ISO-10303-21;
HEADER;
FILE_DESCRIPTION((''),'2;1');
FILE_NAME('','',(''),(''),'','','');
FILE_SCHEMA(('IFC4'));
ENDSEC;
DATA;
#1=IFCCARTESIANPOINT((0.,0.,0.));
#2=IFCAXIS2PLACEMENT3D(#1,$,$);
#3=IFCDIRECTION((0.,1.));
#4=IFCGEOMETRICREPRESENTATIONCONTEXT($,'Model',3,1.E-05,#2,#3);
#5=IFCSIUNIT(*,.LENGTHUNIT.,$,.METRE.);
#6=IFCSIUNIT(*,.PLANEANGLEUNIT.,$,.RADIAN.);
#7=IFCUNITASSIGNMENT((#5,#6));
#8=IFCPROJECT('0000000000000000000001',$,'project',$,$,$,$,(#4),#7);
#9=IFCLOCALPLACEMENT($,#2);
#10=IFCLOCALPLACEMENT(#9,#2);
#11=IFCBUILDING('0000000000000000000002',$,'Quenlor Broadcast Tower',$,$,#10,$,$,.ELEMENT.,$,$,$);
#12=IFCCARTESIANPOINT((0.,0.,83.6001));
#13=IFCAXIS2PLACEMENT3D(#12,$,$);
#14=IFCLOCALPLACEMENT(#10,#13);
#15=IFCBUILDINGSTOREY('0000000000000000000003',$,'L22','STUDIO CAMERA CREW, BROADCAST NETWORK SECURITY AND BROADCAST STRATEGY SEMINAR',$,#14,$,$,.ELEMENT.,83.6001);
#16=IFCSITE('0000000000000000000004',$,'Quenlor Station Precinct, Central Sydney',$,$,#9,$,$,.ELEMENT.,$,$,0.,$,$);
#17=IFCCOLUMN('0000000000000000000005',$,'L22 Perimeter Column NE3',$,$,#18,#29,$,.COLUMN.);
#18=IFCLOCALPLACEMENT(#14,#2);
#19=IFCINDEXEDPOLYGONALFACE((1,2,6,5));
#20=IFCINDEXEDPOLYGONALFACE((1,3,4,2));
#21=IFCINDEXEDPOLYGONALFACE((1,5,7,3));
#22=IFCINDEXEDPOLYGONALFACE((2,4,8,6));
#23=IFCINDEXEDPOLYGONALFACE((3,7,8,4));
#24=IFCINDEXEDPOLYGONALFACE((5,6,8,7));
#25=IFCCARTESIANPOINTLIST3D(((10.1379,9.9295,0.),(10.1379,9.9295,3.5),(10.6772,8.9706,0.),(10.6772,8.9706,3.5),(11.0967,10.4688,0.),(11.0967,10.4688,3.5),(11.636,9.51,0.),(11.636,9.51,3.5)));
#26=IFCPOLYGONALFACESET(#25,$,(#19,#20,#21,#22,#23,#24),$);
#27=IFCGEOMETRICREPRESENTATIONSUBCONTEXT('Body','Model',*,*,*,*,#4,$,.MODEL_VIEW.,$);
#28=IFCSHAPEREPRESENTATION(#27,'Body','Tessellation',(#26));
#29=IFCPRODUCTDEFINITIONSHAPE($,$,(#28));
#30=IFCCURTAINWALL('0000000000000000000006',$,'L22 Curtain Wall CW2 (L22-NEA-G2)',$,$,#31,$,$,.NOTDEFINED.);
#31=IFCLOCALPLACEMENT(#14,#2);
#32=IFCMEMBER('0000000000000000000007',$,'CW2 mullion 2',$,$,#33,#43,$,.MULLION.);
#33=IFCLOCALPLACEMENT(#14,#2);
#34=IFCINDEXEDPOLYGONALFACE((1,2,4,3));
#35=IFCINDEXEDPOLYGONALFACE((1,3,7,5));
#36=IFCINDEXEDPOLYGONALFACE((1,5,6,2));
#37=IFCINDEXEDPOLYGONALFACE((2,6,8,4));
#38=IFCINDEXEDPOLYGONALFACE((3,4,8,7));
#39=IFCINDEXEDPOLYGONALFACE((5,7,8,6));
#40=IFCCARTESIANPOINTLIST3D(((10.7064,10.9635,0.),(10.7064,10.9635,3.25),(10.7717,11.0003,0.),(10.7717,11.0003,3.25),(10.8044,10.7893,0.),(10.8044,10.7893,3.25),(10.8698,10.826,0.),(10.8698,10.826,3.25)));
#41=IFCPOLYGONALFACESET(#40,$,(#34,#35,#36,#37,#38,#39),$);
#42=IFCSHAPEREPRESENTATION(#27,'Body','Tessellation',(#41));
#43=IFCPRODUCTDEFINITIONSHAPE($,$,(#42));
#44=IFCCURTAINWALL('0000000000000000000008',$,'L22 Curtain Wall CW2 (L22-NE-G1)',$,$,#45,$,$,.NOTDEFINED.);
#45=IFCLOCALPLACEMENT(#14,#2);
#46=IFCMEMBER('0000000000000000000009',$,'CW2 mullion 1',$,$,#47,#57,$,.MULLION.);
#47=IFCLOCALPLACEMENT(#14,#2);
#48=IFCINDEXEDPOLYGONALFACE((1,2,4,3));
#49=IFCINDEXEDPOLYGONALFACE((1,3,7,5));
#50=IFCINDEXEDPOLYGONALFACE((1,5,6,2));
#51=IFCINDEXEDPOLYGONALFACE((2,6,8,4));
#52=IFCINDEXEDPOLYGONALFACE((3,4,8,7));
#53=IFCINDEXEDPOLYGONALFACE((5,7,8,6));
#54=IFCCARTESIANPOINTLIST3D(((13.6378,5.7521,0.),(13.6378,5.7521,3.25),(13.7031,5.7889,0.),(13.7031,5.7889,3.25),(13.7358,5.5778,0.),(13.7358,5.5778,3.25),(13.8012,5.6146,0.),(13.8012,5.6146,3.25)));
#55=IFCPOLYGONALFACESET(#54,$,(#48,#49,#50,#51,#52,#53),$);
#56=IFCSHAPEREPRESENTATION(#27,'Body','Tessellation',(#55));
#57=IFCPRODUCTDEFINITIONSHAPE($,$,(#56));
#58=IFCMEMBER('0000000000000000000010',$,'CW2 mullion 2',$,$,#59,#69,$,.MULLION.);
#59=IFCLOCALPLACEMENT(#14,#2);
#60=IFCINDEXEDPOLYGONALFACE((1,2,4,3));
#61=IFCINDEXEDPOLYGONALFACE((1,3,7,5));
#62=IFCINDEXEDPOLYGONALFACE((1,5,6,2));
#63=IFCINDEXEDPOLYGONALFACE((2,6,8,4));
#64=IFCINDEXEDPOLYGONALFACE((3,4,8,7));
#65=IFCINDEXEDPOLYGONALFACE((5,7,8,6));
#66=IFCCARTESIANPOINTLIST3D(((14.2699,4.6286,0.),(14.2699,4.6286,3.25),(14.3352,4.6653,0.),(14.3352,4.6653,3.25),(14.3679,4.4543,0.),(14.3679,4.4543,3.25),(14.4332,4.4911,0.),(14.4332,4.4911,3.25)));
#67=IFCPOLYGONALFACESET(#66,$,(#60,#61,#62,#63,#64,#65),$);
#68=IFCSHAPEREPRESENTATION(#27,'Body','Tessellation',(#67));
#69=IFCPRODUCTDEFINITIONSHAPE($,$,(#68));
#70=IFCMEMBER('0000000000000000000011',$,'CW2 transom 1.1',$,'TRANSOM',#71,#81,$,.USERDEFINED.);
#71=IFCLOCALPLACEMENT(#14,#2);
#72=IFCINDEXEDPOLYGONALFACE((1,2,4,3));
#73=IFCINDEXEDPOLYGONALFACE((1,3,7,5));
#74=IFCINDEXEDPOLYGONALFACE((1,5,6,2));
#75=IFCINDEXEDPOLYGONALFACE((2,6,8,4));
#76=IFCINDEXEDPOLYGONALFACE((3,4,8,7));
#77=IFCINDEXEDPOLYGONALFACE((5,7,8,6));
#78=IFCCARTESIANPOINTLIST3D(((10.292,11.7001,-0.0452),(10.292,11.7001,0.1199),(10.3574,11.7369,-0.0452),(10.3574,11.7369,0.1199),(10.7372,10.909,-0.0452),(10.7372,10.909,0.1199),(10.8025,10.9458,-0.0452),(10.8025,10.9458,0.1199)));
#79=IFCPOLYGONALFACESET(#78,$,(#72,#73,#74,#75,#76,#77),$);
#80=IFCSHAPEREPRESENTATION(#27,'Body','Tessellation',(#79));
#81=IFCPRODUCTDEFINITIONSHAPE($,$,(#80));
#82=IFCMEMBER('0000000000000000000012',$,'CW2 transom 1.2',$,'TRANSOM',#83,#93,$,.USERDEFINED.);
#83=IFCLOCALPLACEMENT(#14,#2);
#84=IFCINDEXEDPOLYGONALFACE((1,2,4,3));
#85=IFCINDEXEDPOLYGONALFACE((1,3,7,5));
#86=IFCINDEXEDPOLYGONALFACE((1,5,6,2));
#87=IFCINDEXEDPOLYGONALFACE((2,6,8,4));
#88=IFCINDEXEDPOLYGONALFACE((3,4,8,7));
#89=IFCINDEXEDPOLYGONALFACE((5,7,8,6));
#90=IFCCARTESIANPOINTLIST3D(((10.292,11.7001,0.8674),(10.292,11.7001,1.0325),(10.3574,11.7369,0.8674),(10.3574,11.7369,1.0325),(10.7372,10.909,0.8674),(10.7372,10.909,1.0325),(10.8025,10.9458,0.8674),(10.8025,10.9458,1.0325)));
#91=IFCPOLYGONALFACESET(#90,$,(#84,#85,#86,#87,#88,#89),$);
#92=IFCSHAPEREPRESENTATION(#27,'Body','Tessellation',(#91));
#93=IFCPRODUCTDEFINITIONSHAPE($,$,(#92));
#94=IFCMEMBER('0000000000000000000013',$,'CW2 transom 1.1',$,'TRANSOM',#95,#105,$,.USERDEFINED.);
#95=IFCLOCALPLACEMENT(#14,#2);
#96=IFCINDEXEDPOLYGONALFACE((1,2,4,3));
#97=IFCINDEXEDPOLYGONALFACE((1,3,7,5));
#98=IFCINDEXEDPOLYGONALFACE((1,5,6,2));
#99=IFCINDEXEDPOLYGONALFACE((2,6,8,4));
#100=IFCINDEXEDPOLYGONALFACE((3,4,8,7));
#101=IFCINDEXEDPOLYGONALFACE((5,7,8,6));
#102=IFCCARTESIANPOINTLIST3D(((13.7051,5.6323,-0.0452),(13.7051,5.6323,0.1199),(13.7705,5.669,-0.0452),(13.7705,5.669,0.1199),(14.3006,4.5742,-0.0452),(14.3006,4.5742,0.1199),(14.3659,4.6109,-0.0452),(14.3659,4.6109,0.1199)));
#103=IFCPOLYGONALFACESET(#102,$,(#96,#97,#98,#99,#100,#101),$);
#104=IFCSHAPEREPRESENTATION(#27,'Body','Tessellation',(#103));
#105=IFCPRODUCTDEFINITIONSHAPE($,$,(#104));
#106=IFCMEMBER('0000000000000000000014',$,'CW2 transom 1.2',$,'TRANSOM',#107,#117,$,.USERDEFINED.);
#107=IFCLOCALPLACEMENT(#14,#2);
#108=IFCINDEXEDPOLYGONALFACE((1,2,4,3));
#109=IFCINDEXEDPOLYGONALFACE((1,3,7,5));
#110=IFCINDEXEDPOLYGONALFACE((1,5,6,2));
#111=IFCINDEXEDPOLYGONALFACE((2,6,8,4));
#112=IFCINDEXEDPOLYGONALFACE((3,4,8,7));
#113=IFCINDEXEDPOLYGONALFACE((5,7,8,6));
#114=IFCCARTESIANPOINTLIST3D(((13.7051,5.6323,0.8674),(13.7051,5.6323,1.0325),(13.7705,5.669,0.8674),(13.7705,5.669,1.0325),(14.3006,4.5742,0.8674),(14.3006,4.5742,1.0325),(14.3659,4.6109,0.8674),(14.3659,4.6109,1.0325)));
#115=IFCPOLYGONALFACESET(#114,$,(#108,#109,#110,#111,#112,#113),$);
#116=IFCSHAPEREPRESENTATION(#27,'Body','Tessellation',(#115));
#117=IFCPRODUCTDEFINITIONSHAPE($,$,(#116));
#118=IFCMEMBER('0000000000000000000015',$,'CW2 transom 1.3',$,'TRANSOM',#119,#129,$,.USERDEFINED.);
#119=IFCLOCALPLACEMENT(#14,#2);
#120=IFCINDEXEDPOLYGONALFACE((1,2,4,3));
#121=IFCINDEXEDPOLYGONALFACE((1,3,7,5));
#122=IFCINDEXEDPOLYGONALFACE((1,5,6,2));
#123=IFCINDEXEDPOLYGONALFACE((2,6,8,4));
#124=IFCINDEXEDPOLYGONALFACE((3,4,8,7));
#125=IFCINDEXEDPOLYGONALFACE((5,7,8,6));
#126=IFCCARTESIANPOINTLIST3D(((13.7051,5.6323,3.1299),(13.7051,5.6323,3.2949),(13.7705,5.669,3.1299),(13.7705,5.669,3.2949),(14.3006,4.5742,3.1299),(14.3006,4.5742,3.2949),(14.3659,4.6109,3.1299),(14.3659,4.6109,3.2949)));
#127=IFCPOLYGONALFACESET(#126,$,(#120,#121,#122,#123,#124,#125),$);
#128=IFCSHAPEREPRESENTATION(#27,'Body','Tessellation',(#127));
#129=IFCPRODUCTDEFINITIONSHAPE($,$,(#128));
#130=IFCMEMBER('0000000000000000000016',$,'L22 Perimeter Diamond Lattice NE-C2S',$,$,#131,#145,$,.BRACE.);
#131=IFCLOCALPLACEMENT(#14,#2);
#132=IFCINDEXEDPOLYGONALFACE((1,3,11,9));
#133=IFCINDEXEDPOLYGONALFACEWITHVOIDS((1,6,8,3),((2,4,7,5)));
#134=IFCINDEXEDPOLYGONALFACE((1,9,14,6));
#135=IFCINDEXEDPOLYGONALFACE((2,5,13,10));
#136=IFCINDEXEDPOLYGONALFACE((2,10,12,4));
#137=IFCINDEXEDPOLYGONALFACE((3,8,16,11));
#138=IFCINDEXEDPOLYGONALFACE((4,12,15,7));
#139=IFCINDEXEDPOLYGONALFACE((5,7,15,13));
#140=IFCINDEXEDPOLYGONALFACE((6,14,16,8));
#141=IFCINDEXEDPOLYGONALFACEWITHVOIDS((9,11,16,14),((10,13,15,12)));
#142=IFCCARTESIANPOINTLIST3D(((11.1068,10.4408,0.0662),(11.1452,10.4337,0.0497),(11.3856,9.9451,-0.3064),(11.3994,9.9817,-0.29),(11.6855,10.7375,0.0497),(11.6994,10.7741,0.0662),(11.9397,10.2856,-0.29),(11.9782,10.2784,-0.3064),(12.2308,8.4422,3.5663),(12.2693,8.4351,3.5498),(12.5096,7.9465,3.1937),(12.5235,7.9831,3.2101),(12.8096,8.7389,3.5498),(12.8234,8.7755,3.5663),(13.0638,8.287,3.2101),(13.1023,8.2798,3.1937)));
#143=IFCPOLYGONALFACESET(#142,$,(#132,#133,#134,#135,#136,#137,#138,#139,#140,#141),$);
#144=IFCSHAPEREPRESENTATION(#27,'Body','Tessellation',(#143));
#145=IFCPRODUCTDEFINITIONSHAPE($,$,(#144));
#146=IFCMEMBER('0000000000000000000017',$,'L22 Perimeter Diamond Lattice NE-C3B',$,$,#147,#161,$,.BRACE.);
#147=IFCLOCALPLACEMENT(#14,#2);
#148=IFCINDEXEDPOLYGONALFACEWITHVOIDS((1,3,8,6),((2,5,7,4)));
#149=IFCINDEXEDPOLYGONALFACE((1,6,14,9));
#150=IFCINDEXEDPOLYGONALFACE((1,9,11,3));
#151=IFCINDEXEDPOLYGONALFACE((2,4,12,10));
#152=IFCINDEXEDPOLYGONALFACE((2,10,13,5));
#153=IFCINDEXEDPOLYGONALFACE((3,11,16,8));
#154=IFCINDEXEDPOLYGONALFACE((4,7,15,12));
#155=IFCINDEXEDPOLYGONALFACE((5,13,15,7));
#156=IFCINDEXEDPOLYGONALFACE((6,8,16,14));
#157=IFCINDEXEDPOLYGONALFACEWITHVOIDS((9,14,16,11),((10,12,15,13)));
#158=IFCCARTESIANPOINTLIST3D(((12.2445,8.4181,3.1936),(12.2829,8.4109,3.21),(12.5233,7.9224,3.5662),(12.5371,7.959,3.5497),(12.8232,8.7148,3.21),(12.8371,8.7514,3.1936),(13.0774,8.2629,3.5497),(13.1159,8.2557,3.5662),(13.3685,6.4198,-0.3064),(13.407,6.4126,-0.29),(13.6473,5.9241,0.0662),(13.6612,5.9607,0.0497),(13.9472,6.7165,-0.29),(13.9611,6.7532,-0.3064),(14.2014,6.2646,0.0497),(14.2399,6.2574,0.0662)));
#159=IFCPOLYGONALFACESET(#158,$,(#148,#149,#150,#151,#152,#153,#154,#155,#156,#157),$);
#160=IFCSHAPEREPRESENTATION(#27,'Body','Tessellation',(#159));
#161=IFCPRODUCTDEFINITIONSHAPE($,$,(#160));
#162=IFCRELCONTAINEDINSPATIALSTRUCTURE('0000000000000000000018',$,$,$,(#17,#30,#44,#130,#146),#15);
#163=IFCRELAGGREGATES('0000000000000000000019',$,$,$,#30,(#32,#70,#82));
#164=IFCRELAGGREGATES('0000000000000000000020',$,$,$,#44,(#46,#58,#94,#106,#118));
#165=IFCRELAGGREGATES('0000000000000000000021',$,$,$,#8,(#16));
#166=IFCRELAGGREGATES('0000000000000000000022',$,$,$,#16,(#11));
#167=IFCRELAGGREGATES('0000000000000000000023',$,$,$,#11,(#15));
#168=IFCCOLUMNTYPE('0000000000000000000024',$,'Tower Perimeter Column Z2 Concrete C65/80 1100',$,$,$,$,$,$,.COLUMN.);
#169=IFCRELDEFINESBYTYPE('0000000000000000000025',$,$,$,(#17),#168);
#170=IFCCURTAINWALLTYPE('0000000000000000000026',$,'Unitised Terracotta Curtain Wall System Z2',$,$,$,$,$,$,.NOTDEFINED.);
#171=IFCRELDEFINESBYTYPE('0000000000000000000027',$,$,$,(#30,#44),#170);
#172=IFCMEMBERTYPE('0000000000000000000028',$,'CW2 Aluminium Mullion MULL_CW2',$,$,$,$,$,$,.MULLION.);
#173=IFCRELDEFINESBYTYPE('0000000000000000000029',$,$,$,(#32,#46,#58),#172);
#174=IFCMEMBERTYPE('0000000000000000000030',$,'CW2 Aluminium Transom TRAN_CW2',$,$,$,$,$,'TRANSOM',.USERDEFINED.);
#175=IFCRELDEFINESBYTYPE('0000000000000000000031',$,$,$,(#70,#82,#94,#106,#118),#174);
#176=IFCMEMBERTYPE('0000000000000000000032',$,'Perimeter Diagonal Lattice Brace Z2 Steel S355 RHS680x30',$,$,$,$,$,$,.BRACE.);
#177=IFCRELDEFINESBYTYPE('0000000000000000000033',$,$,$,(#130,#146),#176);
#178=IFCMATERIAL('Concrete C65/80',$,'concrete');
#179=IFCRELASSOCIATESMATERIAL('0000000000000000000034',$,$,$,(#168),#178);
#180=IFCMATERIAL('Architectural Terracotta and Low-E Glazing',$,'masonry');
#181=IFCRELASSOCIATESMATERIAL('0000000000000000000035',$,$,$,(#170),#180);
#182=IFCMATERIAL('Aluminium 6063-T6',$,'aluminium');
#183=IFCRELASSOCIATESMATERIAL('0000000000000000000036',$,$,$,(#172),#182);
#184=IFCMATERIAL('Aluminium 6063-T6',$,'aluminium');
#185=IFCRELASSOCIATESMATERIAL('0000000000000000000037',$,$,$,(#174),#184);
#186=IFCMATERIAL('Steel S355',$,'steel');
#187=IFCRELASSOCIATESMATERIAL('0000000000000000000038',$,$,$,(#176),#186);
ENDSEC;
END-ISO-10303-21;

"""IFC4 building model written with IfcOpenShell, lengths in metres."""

from ifc_helpers import new_model, si_unit, direction, frame, origin, origin_2d, place, context, subcontext, project, spatial, rectangle, hollow_rectangle, extrude, material, material_profile, profile_set, type_object, element, aggregate, save


model = new_model("IFC4")

# Units and contexts
model_context = context("Model", 3, precision=1e-05, world=origin(), true_north=direction((0.0, 1.0)))
body_context = subcontext(model_context, "Body", "Model", "MODEL_VIEW")
ifc_project = project(units=[si_unit("LENGTHUNIT", "METRE"), si_unit("PLANEANGLEUNIT", "RADIAN")], contexts=[model_context])

# Site, building, storey
site_placement = place(None, origin())
site = spatial("IfcSite", under=ifc_project, at=site_placement, Name="Quenlor Station Precinct, Central Sydney", CompositionType="ELEMENT", RefElevation=0.0)
building_placement = place(site_placement, origin())
building = spatial("IfcBuilding", under=site, at=building_placement, Name="Quenlor Broadcast Tower", CompositionType="ELEMENT")
storey_placement = place(building_placement, frame((0.0, 0.0, 83.6001)))
storey = spatial("IfcBuildingStorey", under=building, at=storey_placement, Name="L22", Description="STUDIO CAMERA CREW, BROADCAST NETWORK SECURITY AND BROADCAST STRATEGY SEMINAR", CompositionType="ELEMENT", Elevation=83.6001)

# Column
ifc_material_1 = material(Name="Concrete C65/80", Category="concrete")
ifc_material_profile_1 = material_profile(ifc_material_1, rectangle(XDim=1.1001, YDim=1.1001, at=origin_2d()))
ifc_profile_set_1 = profile_set([ifc_material_profile_1], Name="Concrete C65/80 RC1100x1100")
column_type = type_object("IfcColumnType", Name="Tower Perimeter Column Z2 Concrete C65/80 1100", PredefinedType="COLUMN", material=ifc_profile_set_1)
column_placement = place(storey_placement, frame((10.887, 9.7197, 0.0), z_axis=(0.0, 0.0, 1.0), x_axis=(0.871575, 0.490262, 0.0)))
element("IfcColumn", 1, at=column_placement, inside=storey, type_object=column_type, Name="L22 Perimeter Column NE3", PredefinedType="COLUMN", context=body_context, shape_type="SweptSolid", body=[
    extrude(rectangle(XDim=1.1001, YDim=1.1001, at=origin_2d()), origin(), (0.0, 0.0, 1.0), 3.5),
])

# Curtain wall, member
ifc_material_2 = material(Name="Architectural Terracotta and Low-E Glazing", Category="masonry")
curtain_wall_type = type_object("IfcCurtainWallType", Name="Unitised Terracotta Curtain Wall System Z2", PredefinedType="NOTDEFINED", material=ifc_material_2)
curtain_wall_1_placement = place(storey_placement, origin())
curtain_wall_1 = element("IfcCurtainWall", 2, at=curtain_wall_1_placement, inside=storey, type_object=curtain_wall_type, Name="L22 Curtain Wall CW2 (L22-NEA-G2)", PredefinedType="NOTDEFINED")
ifc_material_3 = material(Name="Aluminium 6063-T6", Category="aluminium")
ifc_material_profile_2 = material_profile(ifc_material_3, rectangle(XDim=0.075, YDim=0.2, at=origin_2d()))
ifc_profile_set_2 = profile_set([ifc_material_profile_2], Name="Aluminium 6063-T6 MULL75x200")
member_type_1 = type_object("IfcMemberType", Name="CW2 Aluminium Mullion MULL_CW2", PredefinedType="MULLION", material=ifc_profile_set_2)
member_1_placement = place(storey_placement, frame((10.7881, 10.8948, 0.0), z_axis=(0.0, 0.0, 1.0), x_axis=(0.871581, 0.490252, 0.0)))
member_1 = element("IfcMember", 3, at=member_1_placement, type_object=member_type_1, Name="CW2 mullion 2", PredefinedType="MULLION", context=body_context, shape_type="SweptSolid", body=[
    extrude(rectangle(XDim=0.075, YDim=0.2, at=origin_2d()), origin(), (0.0, 0.0, 1.0), 3.25),
])

# Curtain wall, members
curtain_wall_2_placement = place(storey_placement, origin())
curtain_wall_2 = element("IfcCurtainWall", 4, at=curtain_wall_2_placement, inside=storey, type_object=curtain_wall_type, Name="L22 Curtain Wall CW2 (L22-NE-G1)", PredefinedType="NOTDEFINED")
member_2_placement = place(storey_placement, frame((13.7195, 5.6833, 0.0), z_axis=(0.0, 0.0, 1.0), x_axis=(0.871579, 0.490254, 0.0)))
member_2 = element("IfcMember", 5, at=member_2_placement, type_object=member_type_1, Name="CW2 mullion 1", PredefinedType="MULLION", context=body_context, shape_type="SweptSolid", body=[
    extrude(rectangle(XDim=0.075, YDim=0.2, at=origin_2d()), origin(), (0.0, 0.0, 1.0), 3.25),
])
member_3_placement = place(storey_placement, frame((14.3516, 4.5598, 0.0), z_axis=(0.0, 0.0, 1.0), x_axis=(0.871579, 0.490254, 0.0)))
member_3 = element("IfcMember", 6, at=member_3_placement, type_object=member_type_1, Name="CW2 mullion 2", PredefinedType="MULLION", context=body_context, shape_type="SweptSolid", body=[
    extrude(rectangle(XDim=0.075, YDim=0.2, at=origin_2d()), origin(), (0.0, 0.0, 1.0), 3.25),
])

# Members
ifc_material_4 = material(Name="Aluminium 6063-T6", Category="aluminium")
ifc_material_profile_3 = material_profile(ifc_material_4, rectangle(XDim=0.075, YDim=0.165, at=origin_2d()))
ifc_profile_set_3 = profile_set([ifc_material_profile_3], Name="Aluminium 6063-T6 TRAN75x165")
member_type_2 = type_object("IfcMemberType", Name="CW2 Aluminium Transom TRAN_CW2", ElementType="TRANSOM", PredefinedType="USERDEFINED", material=ifc_profile_set_3)
member_4_placement = place(storey_placement, frame((10.3247, 11.7185, 0.0374), z_axis=(0.490363, -0.871518, 0.0), x_axis=(0.871518, 0.490363, 0.0)))
member_4 = element("IfcMember", 7, at=member_4_placement, type_object=member_type_2, Name="CW2 transom 1.1", ObjectType="TRANSOM", PredefinedType="USERDEFINED", context=body_context, shape_type="SweptSolid", body=[
    extrude(rectangle(XDim=0.075, YDim=0.165, at=origin_2d()), origin(), (0.0, 0.0, 1.0), 0.9077),
])
member_5_placement = place(storey_placement, frame((10.3247, 11.7185, 0.95), z_axis=(0.490363, -0.871518, 0.0), x_axis=(0.871518, 0.490363, 0.0)))
member_5 = element("IfcMember", 8, at=member_5_placement, type_object=member_type_2, Name="CW2 transom 1.2", ObjectType="TRANSOM", PredefinedType="USERDEFINED", context=body_context, shape_type="SweptSolid", body=[
    extrude(rectangle(XDim=0.075, YDim=0.165, at=origin_2d()), origin(), (0.0, 0.0, 1.0), 0.9077),
])
member_6_placement = place(storey_placement, frame((13.7378, 5.6506, 0.0374), z_axis=(0.490433, -0.871479, 0.0), x_axis=(0.871479, 0.490433, 0.0)))
member_6 = element("IfcMember", 9, at=member_6_placement, type_object=member_type_2, Name="CW2 transom 1.1", ObjectType="TRANSOM", PredefinedType="USERDEFINED", context=body_context, shape_type="SweptSolid", body=[
    extrude(rectangle(XDim=0.075, YDim=0.165, at=origin_2d()), origin(), (0.0, 0.0, 1.0), 1.2141),
])
member_7_placement = place(storey_placement, frame((13.7378, 5.6506, 0.95), z_axis=(0.490433, -0.871479, 0.0), x_axis=(0.871479, 0.490433, 0.0)))
member_7 = element("IfcMember", 10, at=member_7_placement, type_object=member_type_2, Name="CW2 transom 1.2", ObjectType="TRANSOM", PredefinedType="USERDEFINED", context=body_context, shape_type="SweptSolid", body=[
    extrude(rectangle(XDim=0.075, YDim=0.165, at=origin_2d()), origin(), (0.0, 0.0, 1.0), 1.2141),
])
member_8_placement = place(storey_placement, frame((13.7378, 5.6506, 3.2124), z_axis=(0.490433, -0.871479, 0.0), x_axis=(0.871479, 0.490433, 0.0)))
member_8 = element("IfcMember", 11, at=member_8_placement, type_object=member_type_2, Name="CW2 transom 1.3", ObjectType="TRANSOM", PredefinedType="USERDEFINED", context=body_context, shape_type="SweptSolid", body=[
    extrude(rectangle(XDim=0.075, YDim=0.165, at=origin_2d()), origin(), (0.0, 0.0, 1.0), 1.2141),
])

# Members
ifc_material_5 = material(Name="Steel S355", Category="steel")
ifc_material_profile_4 = material_profile(ifc_material_5, hollow_rectangle(XDim=0.6799, YDim=0.6799, WallThickness=0.03, at=origin_2d()))
ifc_profile_set_4 = profile_set([ifc_material_profile_4], Name="Steel S355 RHS680x680x30")
member_type_3 = type_object("IfcMemberType", Name="Perimeter Diagonal Lattice Brace Z2 Steel S355 RHS680x30", PredefinedType="BRACE", material=ifc_profile_set_4)
member_9_placement = place(storey_placement, frame((11.5425, 10.3596, -0.1201), z_axis=(0.268635, -0.477638, 0.836479), x_axis=(0.871604, 0.490211, 0.0)))
element("IfcMember", 12, at=member_9_placement, inside=storey, type_object=member_type_3, Name="L22 Perimeter Diamond Lattice NE-C2S", PredefinedType="BRACE", context=body_context, shape_type="SweptSolid", body=[
    extrude(hollow_rectangle(XDim=0.6799, YDim=0.6799, WallThickness=0.03, at=origin_2d()), origin(), (0.0, 0.0, 1.0), 4.1843),
])
member_10_placement = place(storey_placement, frame((13.8042, 6.3386, -0.1201), z_axis=(-0.268642, 0.477593, 0.836502), x_axis=(-0.871578, -0.490256, 0.0)))
element("IfcMember", 13, at=member_10_placement, inside=storey, type_object=member_type_3, Name="L22 Perimeter Diamond Lattice NE-C3B", PredefinedType="BRACE", context=body_context, shape_type="SweptSolid", body=[
    extrude(hollow_rectangle(XDim=0.6799, YDim=0.6799, WallThickness=0.03, at=origin_2d()), origin(), (0.0, 0.0, 1.0), 4.1841),
])

aggregate(curtain_wall_1, [member_1, member_4, member_5])
aggregate(curtain_wall_2, [member_2, member_3, member_6, member_7, member_8])

save(model, "model.ifc")
